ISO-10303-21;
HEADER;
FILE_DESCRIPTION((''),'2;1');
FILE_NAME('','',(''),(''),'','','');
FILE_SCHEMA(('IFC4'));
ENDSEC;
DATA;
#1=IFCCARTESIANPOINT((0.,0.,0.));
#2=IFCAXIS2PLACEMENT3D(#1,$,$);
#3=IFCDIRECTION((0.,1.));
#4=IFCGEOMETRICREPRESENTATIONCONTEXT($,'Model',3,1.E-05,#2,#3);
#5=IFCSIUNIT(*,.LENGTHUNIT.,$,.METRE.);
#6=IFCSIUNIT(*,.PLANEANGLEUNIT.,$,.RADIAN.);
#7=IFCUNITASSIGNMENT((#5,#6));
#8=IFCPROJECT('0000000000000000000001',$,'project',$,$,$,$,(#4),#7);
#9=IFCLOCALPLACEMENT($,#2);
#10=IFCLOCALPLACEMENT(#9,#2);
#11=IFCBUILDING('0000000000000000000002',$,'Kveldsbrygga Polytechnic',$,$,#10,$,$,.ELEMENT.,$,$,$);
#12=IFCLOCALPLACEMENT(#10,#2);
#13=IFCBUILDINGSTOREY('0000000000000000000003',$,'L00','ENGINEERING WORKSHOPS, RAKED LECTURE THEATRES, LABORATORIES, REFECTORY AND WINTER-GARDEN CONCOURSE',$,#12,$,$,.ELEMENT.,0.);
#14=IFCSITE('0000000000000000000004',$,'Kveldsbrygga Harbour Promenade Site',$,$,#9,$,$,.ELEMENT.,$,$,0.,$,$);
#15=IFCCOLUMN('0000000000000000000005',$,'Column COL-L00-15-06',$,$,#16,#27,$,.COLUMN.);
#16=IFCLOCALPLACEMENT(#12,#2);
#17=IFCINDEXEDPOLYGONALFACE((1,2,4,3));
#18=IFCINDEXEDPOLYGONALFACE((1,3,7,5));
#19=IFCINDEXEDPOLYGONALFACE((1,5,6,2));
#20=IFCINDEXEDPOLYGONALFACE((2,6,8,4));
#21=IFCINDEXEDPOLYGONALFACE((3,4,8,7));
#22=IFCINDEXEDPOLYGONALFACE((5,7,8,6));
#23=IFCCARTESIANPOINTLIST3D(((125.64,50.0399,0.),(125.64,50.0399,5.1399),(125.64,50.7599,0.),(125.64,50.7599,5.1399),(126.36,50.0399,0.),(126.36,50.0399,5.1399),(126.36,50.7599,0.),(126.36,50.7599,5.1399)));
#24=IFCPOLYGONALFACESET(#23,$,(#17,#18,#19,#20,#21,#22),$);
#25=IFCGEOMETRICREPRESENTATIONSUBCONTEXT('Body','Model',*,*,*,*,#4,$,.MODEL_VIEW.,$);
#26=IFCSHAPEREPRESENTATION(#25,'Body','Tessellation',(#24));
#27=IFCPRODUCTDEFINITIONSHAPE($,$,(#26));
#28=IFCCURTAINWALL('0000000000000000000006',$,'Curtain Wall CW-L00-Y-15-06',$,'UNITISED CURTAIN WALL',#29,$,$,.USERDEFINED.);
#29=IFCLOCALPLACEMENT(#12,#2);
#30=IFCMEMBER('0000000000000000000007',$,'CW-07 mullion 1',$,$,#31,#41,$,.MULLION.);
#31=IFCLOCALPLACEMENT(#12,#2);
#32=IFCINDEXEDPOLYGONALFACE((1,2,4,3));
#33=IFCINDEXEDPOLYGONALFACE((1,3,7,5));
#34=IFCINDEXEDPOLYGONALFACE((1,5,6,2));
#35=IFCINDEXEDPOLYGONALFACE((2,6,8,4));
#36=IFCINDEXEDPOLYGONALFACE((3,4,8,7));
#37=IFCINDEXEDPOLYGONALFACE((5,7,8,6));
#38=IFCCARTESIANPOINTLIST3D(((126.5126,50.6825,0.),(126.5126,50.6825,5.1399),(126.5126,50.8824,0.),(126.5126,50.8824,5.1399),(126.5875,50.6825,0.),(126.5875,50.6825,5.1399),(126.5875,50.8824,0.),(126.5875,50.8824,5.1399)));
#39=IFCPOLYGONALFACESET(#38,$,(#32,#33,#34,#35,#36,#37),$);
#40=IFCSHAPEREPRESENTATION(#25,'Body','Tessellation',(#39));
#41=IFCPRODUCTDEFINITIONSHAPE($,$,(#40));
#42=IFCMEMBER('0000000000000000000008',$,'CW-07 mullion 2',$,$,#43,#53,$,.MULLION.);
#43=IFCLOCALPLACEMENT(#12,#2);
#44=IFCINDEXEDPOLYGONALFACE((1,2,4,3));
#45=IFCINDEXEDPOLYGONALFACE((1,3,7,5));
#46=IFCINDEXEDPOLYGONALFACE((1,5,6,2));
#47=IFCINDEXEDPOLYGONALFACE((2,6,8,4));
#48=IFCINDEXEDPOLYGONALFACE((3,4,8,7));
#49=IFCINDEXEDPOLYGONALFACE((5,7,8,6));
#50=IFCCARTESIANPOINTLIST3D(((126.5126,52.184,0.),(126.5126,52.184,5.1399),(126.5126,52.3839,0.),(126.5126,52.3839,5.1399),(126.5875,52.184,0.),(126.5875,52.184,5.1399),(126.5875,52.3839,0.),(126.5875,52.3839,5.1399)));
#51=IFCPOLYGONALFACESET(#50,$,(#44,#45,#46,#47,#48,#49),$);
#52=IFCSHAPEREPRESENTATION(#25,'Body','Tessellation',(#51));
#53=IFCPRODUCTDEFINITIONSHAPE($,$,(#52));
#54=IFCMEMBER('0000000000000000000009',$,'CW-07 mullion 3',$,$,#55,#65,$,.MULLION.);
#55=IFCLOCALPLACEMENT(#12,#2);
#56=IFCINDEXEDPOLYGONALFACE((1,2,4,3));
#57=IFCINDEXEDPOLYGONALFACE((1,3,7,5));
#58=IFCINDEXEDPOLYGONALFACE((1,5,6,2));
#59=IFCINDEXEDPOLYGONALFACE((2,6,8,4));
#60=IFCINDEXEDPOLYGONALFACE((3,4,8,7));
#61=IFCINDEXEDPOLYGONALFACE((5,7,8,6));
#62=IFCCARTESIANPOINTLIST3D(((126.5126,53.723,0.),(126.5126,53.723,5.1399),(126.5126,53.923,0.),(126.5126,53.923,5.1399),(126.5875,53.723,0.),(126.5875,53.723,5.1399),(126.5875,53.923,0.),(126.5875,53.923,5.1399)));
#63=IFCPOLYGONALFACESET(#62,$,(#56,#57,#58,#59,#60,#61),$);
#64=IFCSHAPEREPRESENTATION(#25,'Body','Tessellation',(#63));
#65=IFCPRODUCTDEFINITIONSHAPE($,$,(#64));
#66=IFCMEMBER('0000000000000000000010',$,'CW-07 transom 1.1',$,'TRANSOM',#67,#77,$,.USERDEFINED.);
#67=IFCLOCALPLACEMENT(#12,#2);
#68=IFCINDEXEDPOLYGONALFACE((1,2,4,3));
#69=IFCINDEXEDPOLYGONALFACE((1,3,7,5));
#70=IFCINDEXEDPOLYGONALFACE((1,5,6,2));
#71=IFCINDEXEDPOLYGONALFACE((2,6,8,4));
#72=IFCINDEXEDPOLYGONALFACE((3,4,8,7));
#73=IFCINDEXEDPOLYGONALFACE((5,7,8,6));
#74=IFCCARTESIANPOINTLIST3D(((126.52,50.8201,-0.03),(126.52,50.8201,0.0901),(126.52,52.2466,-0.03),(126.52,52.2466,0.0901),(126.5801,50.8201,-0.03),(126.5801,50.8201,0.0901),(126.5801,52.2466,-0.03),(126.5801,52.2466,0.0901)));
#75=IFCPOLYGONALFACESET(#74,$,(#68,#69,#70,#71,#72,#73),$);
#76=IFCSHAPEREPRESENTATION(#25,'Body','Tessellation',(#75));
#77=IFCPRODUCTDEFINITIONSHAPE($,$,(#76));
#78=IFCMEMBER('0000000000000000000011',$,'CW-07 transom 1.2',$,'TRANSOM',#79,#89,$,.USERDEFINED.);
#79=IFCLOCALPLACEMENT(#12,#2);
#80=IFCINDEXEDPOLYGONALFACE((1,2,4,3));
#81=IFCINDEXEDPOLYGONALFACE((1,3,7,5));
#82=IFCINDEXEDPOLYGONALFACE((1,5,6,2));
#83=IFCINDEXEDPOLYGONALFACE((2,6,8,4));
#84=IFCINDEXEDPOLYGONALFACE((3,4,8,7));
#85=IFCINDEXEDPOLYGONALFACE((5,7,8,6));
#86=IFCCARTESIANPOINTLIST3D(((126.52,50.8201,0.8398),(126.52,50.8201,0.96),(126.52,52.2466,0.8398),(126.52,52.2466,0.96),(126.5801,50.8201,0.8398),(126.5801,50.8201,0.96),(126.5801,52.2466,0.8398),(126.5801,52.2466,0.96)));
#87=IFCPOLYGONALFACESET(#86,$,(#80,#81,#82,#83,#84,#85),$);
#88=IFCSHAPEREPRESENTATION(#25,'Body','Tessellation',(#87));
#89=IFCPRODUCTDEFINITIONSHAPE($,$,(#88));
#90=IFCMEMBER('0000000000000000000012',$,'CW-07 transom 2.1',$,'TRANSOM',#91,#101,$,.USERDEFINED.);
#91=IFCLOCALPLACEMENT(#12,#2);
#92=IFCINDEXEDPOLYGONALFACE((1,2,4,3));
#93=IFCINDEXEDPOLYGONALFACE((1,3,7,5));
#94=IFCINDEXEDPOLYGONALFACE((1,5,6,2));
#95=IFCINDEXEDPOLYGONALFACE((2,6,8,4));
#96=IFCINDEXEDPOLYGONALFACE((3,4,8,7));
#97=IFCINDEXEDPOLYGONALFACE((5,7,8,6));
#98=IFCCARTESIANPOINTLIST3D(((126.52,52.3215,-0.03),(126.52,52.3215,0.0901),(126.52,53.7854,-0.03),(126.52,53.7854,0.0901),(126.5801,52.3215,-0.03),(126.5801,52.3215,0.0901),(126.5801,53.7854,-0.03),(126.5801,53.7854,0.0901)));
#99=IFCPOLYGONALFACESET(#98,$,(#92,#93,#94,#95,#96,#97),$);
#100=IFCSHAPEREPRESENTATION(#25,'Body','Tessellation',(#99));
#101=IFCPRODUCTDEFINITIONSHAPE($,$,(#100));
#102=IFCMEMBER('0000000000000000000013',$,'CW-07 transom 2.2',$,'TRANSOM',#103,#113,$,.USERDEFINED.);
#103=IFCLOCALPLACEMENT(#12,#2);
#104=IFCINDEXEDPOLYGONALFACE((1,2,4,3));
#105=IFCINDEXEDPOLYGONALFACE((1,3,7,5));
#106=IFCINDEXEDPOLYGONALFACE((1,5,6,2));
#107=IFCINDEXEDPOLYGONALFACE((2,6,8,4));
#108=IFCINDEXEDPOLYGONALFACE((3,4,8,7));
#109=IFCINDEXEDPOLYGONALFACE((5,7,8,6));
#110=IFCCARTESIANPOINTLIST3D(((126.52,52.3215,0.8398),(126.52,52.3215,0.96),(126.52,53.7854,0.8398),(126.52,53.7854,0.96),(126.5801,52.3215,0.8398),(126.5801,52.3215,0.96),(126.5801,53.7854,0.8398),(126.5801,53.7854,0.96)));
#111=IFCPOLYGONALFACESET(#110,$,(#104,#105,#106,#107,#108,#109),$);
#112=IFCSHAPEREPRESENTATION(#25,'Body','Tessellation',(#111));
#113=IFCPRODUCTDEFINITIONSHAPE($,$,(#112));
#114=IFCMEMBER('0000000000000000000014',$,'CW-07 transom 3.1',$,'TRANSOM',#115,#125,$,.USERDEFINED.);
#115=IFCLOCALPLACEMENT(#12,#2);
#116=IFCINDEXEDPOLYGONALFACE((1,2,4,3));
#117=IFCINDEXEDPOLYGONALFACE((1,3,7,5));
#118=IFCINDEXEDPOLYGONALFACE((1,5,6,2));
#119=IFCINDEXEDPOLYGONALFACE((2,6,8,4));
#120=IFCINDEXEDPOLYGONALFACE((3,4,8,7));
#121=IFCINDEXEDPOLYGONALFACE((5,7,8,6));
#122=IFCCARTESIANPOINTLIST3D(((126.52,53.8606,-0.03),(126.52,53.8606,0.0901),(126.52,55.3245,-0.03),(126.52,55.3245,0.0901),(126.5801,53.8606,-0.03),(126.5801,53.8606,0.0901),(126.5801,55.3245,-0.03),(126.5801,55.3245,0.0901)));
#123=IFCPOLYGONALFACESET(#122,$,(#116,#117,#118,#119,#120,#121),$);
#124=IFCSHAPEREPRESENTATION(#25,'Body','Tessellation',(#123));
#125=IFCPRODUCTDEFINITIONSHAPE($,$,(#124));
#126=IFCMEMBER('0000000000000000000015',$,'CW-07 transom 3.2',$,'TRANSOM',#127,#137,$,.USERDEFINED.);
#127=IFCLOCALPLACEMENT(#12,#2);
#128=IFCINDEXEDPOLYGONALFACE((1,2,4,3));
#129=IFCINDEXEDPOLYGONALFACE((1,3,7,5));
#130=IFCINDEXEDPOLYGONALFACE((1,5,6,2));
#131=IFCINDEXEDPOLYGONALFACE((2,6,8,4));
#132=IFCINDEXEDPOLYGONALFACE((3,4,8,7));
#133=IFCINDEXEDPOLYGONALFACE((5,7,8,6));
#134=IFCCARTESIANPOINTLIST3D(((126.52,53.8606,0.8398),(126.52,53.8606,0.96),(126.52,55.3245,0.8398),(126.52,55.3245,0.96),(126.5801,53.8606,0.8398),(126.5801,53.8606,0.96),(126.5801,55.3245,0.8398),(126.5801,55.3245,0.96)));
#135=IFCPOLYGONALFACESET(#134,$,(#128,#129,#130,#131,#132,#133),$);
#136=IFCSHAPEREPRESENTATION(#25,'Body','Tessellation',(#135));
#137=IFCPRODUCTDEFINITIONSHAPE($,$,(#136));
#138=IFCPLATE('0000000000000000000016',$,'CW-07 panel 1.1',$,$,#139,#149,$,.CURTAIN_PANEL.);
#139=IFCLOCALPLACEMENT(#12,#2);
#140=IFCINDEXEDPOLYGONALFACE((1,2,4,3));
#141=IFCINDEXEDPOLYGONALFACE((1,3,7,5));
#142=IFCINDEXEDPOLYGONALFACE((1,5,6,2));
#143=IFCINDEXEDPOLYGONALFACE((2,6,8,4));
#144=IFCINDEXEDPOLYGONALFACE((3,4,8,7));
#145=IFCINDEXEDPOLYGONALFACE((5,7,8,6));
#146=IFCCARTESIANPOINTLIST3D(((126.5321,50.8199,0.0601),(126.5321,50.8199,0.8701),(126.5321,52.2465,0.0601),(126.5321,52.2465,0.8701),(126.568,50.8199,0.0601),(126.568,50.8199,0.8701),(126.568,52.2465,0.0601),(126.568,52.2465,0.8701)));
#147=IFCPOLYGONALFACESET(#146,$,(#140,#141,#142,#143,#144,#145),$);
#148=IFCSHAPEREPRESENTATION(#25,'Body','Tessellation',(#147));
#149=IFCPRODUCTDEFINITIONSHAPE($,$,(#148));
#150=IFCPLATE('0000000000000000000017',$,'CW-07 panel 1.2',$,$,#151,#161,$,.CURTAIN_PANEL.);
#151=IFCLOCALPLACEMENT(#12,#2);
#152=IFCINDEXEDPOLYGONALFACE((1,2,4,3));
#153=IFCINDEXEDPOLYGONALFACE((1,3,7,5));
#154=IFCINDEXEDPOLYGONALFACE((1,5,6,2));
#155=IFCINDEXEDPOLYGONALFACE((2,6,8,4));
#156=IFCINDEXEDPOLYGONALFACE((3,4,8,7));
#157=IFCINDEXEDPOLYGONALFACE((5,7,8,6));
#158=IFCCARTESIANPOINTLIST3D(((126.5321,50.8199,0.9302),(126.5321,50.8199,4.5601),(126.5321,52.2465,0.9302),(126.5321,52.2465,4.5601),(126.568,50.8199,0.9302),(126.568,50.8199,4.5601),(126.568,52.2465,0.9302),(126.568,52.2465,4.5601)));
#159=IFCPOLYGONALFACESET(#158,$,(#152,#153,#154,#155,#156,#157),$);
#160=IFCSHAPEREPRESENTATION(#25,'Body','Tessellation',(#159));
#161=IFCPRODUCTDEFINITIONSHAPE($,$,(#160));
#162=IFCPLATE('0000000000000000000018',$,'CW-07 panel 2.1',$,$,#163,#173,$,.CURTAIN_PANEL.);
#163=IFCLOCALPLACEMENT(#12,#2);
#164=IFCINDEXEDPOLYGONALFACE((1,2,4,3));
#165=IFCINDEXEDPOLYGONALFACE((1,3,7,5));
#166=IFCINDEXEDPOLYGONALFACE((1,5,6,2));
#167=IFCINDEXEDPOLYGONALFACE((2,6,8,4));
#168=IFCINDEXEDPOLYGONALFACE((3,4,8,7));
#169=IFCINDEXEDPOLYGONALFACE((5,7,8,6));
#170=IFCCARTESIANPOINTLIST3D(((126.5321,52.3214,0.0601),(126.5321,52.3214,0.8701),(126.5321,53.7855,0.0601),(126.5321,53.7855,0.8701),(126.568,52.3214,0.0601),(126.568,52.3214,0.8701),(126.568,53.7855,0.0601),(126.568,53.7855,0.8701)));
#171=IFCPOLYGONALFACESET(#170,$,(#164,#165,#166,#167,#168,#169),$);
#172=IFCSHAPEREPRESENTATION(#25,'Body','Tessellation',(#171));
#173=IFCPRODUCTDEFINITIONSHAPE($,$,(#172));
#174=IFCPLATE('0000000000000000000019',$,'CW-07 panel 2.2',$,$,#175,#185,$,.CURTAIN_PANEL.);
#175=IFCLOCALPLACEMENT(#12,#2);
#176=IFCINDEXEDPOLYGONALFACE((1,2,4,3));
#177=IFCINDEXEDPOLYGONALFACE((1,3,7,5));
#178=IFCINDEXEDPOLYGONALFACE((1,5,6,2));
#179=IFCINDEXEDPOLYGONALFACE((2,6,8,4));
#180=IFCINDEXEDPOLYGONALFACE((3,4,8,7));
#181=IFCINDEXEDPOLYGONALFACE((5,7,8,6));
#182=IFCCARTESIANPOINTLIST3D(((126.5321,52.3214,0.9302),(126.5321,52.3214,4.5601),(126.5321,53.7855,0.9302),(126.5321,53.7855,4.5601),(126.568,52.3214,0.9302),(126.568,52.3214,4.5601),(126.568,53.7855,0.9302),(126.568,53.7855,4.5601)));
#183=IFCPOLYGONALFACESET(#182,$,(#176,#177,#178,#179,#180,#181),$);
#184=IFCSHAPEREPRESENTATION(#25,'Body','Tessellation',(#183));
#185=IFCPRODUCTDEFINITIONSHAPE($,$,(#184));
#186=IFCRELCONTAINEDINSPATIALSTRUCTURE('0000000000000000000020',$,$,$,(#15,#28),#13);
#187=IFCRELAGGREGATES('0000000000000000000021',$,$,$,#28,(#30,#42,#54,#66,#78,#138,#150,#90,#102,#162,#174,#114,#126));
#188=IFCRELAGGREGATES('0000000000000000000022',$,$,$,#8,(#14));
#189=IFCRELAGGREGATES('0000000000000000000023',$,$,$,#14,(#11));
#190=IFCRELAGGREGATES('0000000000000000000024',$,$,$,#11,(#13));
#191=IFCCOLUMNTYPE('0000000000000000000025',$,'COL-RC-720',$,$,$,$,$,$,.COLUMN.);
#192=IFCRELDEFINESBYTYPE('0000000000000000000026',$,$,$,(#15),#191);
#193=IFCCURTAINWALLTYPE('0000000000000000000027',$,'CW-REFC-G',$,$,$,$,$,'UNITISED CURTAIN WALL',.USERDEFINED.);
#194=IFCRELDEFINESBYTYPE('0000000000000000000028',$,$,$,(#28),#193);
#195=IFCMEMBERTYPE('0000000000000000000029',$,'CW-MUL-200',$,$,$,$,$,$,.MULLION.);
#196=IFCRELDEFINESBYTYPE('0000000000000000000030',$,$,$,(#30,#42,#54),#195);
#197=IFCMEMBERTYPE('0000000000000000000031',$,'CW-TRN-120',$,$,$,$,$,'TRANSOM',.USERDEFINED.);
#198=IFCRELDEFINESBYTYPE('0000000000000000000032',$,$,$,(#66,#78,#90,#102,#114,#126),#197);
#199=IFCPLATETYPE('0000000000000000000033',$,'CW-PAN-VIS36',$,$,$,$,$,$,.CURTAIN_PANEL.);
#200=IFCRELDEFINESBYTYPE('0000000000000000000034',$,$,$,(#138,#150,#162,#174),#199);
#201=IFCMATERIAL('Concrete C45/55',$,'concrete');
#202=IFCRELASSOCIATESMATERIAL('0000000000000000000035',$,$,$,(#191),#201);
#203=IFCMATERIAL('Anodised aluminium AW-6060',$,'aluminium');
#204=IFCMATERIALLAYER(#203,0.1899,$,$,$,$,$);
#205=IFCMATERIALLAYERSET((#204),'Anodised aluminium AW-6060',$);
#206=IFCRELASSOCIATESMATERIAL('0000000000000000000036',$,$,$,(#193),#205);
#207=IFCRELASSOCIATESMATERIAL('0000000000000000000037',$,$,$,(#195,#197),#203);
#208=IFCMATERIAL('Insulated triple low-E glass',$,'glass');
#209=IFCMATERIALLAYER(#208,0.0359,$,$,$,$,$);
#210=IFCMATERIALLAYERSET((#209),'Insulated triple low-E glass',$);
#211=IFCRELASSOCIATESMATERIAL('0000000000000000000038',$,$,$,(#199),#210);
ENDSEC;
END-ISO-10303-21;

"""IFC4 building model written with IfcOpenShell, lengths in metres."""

from ifc_helpers import new_model, si_unit, direction, frame, origin, origin_2d, place, context, subcontext, project, spatial, rectangle, extrude, material, layer, layer_set, material_profile, profile_set, type_object, element, aggregate, save


model = new_model("IFC4")

# Units and contexts
model_context = context("Model", 3, precision=1e-05, world=origin(), true_north=direction((0.0, 1.0)))
body_context = subcontext(model_context, "Body", "Model", "MODEL_VIEW")
ifc_project = project(units=[si_unit("LENGTHUNIT", "METRE"), si_unit("PLANEANGLEUNIT", "RADIAN")], contexts=[model_context])

# Site, building, storey
site_placement = place(None, origin())
site = spatial("IfcSite", under=ifc_project, at=site_placement, Name="Kveldsbrygga Harbour Promenade Site", CompositionType="ELEMENT", RefElevation=0.0)
building_placement = place(site_placement, origin())
building = spatial("IfcBuilding", under=site, at=building_placement, Name="Kveldsbrygga Polytechnic", CompositionType="ELEMENT")
storey_placement = place(building_placement, origin())
storey = spatial("IfcBuildingStorey", under=building, at=storey_placement, Name="L00", Description="ENGINEERING WORKSHOPS, RAKED LECTURE THEATRES, LABORATORIES, REFECTORY AND WINTER-GARDEN CONCOURSE", CompositionType="ELEMENT", Elevation=0.0)

# Column
ifc_material_1 = material(Name="Concrete C45/55", Category="concrete")
ifc_material_profile_1 = material_profile(ifc_material_1, rectangle(XDim=0.72, YDim=0.72, at=origin_2d()), Name="RC 720x720")
ifc_profile_set_1 = profile_set([ifc_material_profile_1], Name="Concrete C45/55")
column_type = type_object("IfcColumnType", Name="COL-RC-720", PredefinedType="COLUMN", material=ifc_profile_set_1)
column_placement = place(storey_placement, frame((126.0, 50.3999, 0.0), z_axis=(0.0, 0.0, 1.0), x_axis=(1.0, 0.0, 0.0)))
element("IfcColumn", 1, at=column_placement, inside=storey, type_object=column_type, Name="Column COL-L00-15-06", PredefinedType="COLUMN", context=body_context, shape_type="SweptSolid", body=[
    extrude(rectangle(XDim=0.72, YDim=0.72, at=origin_2d()), origin(), (0.0, 0.0, 1.0), 5.1399),
])

# Curtain wall, members, plates
ifc_material_2 = material(Name="Anodised aluminium AW-6060", Category="aluminium")
ifc_layer_1 = layer(ifc_material_2, 0.1899)
ifc_layer_set_1 = layer_set([ifc_layer_1], Name="Anodised aluminium AW-6060")
curtain_wall_type = type_object("IfcCurtainWallType", Name="CW-REFC-G", ElementType="UNITISED CURTAIN WALL", PredefinedType="USERDEFINED", material=ifc_layer_set_1)
curtain_wall_placement = place(storey_placement, origin())
curtain_wall = element("IfcCurtainWall", 2, at=curtain_wall_placement, inside=storey, type_object=curtain_wall_type, Name="Curtain Wall CW-L00-Y-15-06", ObjectType="UNITISED CURTAIN WALL", PredefinedType="USERDEFINED")
ifc_material_profile_2 = material_profile(ifc_material_2, rectangle(XDim=0.075, YDim=0.2, at=origin_2d()), Name="ALU 75x200")
ifc_profile_set_2 = profile_set([ifc_material_profile_2], Name="Anodised aluminium AW-6060")
member_type_1 = type_object("IfcMemberType", Name="CW-MUL-200", PredefinedType="MULLION", material=ifc_profile_set_2)
member_1_placement = place(storey_placement, frame((126.55, 50.7825, 0.0), z_axis=(0.0, 0.0, 1.0), x_axis=(-1.0, 0.0, 0.0)))
member_1 = element("IfcMember", 3, at=member_1_placement, type_object=member_type_1, Name="CW-07 mullion 1", PredefinedType="MULLION", context=body_context, shape_type="SweptSolid", body=[
    extrude(rectangle(XDim=0.075, YDim=0.2, at=origin_2d()), origin(), (0.0, 0.0, 1.0), 5.1399),
])
member_2_placement = place(storey_placement, frame((126.55, 52.2839, 0.0), z_axis=(0.0, 0.0, 1.0), x_axis=(-1.0, 0.0, 0.0)))
member_2 = element("IfcMember", 4, at=member_2_placement, type_object=member_type_1, Name="CW-07 mullion 2", PredefinedType="MULLION", context=body_context, shape_type="SweptSolid", body=[
    extrude(rectangle(XDim=0.075, YDim=0.2, at=origin_2d()), origin(), (0.0, 0.0, 1.0), 5.1399),
])
member_3_placement = place(storey_placement, frame((126.55, 53.823, 0.0), z_axis=(0.0, 0.0, 1.0), x_axis=(-1.0, 0.0, 0.0)))
member_3 = element("IfcMember", 5, at=member_3_placement, type_object=member_type_1, Name="CW-07 mullion 3", PredefinedType="MULLION", context=body_context, shape_type="SweptSolid", body=[
    extrude(rectangle(XDim=0.075, YDim=0.2, at=origin_2d()), origin(), (0.0, 0.0, 1.0), 5.1399),
])
ifc_material_profile_3 = material_profile(ifc_material_2, rectangle(XDim=0.0601, YDim=0.1201, at=origin_2d()), Name="ALU 60x120")
ifc_profile_set_3 = profile_set([ifc_material_profile_3], Name="Anodised aluminium AW-6060")
member_type_2 = type_object("IfcMemberType", Name="CW-TRN-120", ElementType="TRANSOM", PredefinedType="USERDEFINED", material=ifc_profile_set_3)
member_4_placement = place(storey_placement, frame((126.55, 50.8201, 0.03), z_axis=(0.0, 1.0, 0.0), x_axis=(-1.0, 0.0, 0.0)))
member_4 = element("IfcMember", 6, at=member_4_placement, type_object=member_type_2, Name="CW-07 transom 1.1", ObjectType="TRANSOM", PredefinedType="USERDEFINED", context=body_context, shape_type="SweptSolid", body=[
    extrude(rectangle(XDim=0.0601, YDim=0.1201, at=origin_2d()), origin(), (0.0, 0.0, 1.0), 1.4265),
])
member_5_placement = place(storey_placement, frame((126.55, 50.8201, 0.8999), z_axis=(0.0, 1.0, 0.0), x_axis=(-1.0, 0.0, 0.0)))
member_5 = element("IfcMember", 7, at=member_5_placement, type_object=member_type_2, Name="CW-07 transom 1.2", ObjectType="TRANSOM", PredefinedType="USERDEFINED", context=body_context, shape_type="SweptSolid", body=[
    extrude(rectangle(XDim=0.0601, YDim=0.1201, at=origin_2d()), origin(), (0.0, 0.0, 1.0), 1.4265),
])
member_6_placement = place(storey_placement, frame((126.55, 52.3215, 0.03), z_axis=(0.0, 1.0, 0.0), x_axis=(-1.0, 0.0, 0.0)))
member_6 = element("IfcMember", 8, at=member_6_placement, type_object=member_type_2, Name="CW-07 transom 2.1", ObjectType="TRANSOM", PredefinedType="USERDEFINED", context=body_context, shape_type="SweptSolid", body=[
    extrude(rectangle(XDim=0.0601, YDim=0.1201, at=origin_2d()), origin(), (0.0, 0.0, 1.0), 1.4639),
])
member_7_placement = place(storey_placement, frame((126.55, 52.3215, 0.8999), z_axis=(0.0, 1.0, 0.0), x_axis=(-1.0, 0.0, 0.0)))
member_7 = element("IfcMember", 9, at=member_7_placement, type_object=member_type_2, Name="CW-07 transom 2.2", ObjectType="TRANSOM", PredefinedType="USERDEFINED", context=body_context, shape_type="SweptSolid", body=[
    extrude(rectangle(XDim=0.0601, YDim=0.1201, at=origin_2d()), origin(), (0.0, 0.0, 1.0), 1.4639),
])
member_8_placement = place(storey_placement, frame((126.55, 53.8606, 0.03), z_axis=(0.0, 1.0, 0.0), x_axis=(-1.0, 0.0, 0.0)))
member_8 = element("IfcMember", 10, at=member_8_placement, type_object=member_type_2, Name="CW-07 transom 3.1", ObjectType="TRANSOM", PredefinedType="USERDEFINED", context=body_context, shape_type="SweptSolid", body=[
    extrude(rectangle(XDim=0.0601, YDim=0.1201, at=origin_2d()), origin(), (0.0, 0.0, 1.0), 1.4639),
])
member_9_placement = place(storey_placement, frame((126.55, 53.8606, 0.8999), z_axis=(0.0, 1.0, 0.0), x_axis=(-1.0, 0.0, 0.0)))
member_9 = element("IfcMember", 11, at=member_9_placement, type_object=member_type_2, Name="CW-07 transom 3.2", ObjectType="TRANSOM", PredefinedType="USERDEFINED", context=body_context, shape_type="SweptSolid", body=[
    extrude(rectangle(XDim=0.0601, YDim=0.1201, at=origin_2d()), origin(), (0.0, 0.0, 1.0), 1.4639),
])
ifc_material_3 = material(Name="Insulated triple low-E glass", Category="glass")
ifc_layer_2 = layer(ifc_material_3, 0.0359)
ifc_layer_set_2 = layer_set([ifc_layer_2], Name="Insulated triple low-E glass")
plate_type = type_object("IfcPlateType", Name="CW-PAN-VIS36", PredefinedType="CURTAIN_PANEL", material=ifc_layer_set_2)
plate_1_placement = place(storey_placement, frame((126.55, 51.5332, 0.0601), z_axis=(0.0, 0.0, 1.0), x_axis=(0.0, 1.0, 0.0)))
plate_1 = element("IfcPlate", 12, at=plate_1_placement, type_object=plate_type, Name="CW-07 panel 1.1", PredefinedType="CURTAIN_PANEL", context=body_context, shape_type="SweptSolid", body=[
    extrude(rectangle(XDim=1.4265, YDim=0.0359, at=origin_2d()), origin(), (0.0, 0.0, 1.0), 0.8101),
])
plate_2_placement = place(storey_placement, frame((126.55, 51.5332, 0.9302), z_axis=(0.0, 0.0, 1.0), x_axis=(0.0, 1.0, 0.0)))
plate_2 = element("IfcPlate", 13, at=plate_2_placement, type_object=plate_type, Name="CW-07 panel 1.2", PredefinedType="CURTAIN_PANEL", context=body_context, shape_type="SweptSolid", body=[
    extrude(rectangle(XDim=1.4265, YDim=0.0359, at=origin_2d()), origin(), (0.0, 0.0, 1.0), 3.6299),
])
plate_3_placement = place(storey_placement, frame((126.55, 53.0535, 0.0601), z_axis=(0.0, 0.0, 1.0), x_axis=(0.0, 1.0, 0.0)))
plate_3 = element("IfcPlate", 14, at=plate_3_placement, type_object=plate_type, Name="CW-07 panel 2.1", PredefinedType="CURTAIN_PANEL", context=body_context, shape_type="SweptSolid", body=[
    extrude(rectangle(XDim=1.4641, YDim=0.0359, at=origin_2d()), origin(), (0.0, 0.0, 1.0), 0.8101),
])
plate_4_placement = place(storey_placement, frame((126.55, 53.0535, 0.9302), z_axis=(0.0, 0.0, 1.0), x_axis=(0.0, 1.0, 0.0)))
plate_4 = element("IfcPlate", 15, at=plate_4_placement, type_object=plate_type, Name="CW-07 panel 2.2", PredefinedType="CURTAIN_PANEL", context=body_context, shape_type="SweptSolid", body=[
    extrude(rectangle(XDim=1.4641, YDim=0.0359, at=origin_2d()), origin(), (0.0, 0.0, 1.0), 3.6299),
])
aggregate(curtain_wall, [member_1, member_2, member_3, member_4, member_5, plate_1, plate_2, member_6, member_7, plate_3, plate_4, member_8, member_9])

save(model, "model.ifc")
